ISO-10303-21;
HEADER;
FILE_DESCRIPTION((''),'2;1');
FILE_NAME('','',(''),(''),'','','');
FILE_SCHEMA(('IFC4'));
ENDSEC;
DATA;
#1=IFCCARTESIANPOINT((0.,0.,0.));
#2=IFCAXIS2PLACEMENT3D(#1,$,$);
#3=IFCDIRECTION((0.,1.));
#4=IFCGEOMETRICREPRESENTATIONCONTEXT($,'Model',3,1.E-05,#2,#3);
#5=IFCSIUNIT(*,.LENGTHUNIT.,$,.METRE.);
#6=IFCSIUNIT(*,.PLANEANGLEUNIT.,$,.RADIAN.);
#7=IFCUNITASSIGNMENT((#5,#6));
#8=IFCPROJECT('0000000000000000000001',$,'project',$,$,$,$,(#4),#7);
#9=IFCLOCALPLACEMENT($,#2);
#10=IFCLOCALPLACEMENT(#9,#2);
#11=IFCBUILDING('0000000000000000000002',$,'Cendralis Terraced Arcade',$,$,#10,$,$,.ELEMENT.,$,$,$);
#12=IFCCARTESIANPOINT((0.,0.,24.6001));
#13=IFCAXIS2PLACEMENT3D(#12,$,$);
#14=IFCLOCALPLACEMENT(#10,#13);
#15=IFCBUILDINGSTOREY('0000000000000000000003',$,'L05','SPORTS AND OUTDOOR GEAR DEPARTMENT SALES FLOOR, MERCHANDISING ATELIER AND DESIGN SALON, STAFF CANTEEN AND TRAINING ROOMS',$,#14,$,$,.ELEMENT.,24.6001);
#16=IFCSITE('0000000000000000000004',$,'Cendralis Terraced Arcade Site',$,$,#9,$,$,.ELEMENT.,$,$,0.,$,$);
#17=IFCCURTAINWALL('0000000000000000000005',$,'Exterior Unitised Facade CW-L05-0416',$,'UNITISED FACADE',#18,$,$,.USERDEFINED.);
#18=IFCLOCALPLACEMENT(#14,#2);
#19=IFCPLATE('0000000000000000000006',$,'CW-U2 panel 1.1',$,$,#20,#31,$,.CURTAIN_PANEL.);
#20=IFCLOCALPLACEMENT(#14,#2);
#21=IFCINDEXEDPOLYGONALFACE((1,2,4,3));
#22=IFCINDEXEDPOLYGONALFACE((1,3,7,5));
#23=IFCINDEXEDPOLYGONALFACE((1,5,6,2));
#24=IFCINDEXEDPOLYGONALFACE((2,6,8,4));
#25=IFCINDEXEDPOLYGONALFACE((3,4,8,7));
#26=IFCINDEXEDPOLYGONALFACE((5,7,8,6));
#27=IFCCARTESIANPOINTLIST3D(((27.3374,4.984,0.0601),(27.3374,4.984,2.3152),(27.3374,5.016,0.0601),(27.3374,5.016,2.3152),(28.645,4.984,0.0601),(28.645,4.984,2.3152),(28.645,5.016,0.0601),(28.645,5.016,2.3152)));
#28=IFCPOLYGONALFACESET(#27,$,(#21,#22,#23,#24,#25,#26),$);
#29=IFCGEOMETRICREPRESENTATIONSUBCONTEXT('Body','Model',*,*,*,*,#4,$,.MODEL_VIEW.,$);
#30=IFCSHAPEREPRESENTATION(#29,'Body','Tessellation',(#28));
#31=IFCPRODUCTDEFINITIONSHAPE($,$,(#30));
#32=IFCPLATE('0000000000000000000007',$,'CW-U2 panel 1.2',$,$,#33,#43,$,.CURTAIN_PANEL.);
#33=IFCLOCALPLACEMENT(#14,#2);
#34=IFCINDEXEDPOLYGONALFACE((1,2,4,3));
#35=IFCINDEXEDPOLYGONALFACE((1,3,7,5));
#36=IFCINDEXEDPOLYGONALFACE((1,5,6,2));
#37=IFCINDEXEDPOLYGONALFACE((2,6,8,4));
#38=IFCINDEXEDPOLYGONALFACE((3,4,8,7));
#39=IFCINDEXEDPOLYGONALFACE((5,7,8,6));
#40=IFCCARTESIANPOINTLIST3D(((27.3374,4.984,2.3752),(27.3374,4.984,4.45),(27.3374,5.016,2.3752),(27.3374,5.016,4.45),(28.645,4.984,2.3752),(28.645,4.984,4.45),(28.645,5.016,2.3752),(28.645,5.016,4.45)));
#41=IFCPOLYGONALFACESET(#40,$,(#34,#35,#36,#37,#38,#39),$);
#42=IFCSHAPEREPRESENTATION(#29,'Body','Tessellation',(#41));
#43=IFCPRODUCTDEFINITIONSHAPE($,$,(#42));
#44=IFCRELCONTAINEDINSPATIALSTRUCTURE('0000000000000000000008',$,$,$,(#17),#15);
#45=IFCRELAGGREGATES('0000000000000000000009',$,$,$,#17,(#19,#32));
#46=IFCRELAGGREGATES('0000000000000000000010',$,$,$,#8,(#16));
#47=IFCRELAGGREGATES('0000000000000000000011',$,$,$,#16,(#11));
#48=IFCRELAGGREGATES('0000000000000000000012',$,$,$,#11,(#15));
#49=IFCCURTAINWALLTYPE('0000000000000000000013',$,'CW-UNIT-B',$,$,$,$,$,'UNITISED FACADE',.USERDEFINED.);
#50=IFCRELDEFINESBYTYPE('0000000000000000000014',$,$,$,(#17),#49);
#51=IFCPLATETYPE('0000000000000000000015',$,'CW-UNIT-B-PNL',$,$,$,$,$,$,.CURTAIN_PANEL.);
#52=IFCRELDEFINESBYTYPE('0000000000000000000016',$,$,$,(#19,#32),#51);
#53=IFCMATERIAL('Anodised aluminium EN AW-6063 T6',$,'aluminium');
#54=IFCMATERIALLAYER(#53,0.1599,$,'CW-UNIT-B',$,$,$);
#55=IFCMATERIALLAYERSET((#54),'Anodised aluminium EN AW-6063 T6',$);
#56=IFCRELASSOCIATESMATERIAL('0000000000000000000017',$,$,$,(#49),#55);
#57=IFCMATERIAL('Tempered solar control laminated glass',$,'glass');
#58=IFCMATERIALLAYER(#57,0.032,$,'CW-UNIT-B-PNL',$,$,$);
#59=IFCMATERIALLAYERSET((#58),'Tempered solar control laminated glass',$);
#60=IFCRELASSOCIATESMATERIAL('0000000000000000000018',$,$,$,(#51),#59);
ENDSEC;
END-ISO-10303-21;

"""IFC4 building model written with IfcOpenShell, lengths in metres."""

from ifc_helpers import new_model, si_unit, direction, frame, origin, origin_2d, place, context, subcontext, project, spatial, rectangle, extrude, material, layer, layer_set, type_object, element, aggregate, save


model = new_model("IFC4")

# Units and contexts
model_context = context("Model", 3, precision=1e-05, world=origin(), true_north=direction((0.0, 1.0)))
body_context = subcontext(model_context, "Body", "Model", "MODEL_VIEW")
ifc_project = project(units=[si_unit("LENGTHUNIT", "METRE"), si_unit("PLANEANGLEUNIT", "RADIAN")], contexts=[model_context])

# Site, building, storey
site_placement = place(None, origin())
site = spatial("IfcSite", under=ifc_project, at=site_placement, Name="Cendralis Terraced Arcade Site", CompositionType="ELEMENT", RefElevation=0.0)
building_placement = place(site_placement, origin())
building = spatial("IfcBuilding", under=site, at=building_placement, Name="Cendralis Terraced Arcade", CompositionType="ELEMENT")
storey_placement = place(building_placement, frame((0.0, 0.0, 24.6001)))
storey = spatial("IfcBuildingStorey", under=building, at=storey_placement, Name="L05", Description="SPORTS AND OUTDOOR GEAR DEPARTMENT SALES FLOOR, MERCHANDISING ATELIER AND DESIGN SALON, STAFF CANTEEN AND TRAINING ROOMS", CompositionType="ELEMENT", Elevation=24.6001)

# Curtain wall
ifc_material_1 = material(Name="Anodised aluminium EN AW-6063 T6", Category="aluminium")
ifc_layer_1 = layer(ifc_material_1, 0.1599, Name="CW-UNIT-B")
ifc_layer_set_1 = layer_set([ifc_layer_1], Name="Anodised aluminium EN AW-6063 T6")
curtain_wall_type = type_object("IfcCurtainWallType", Name="CW-UNIT-B", ElementType="UNITISED FACADE", PredefinedType="USERDEFINED", material=ifc_layer_set_1)
curtain_wall_1_placement = place(storey_placement, origin())
curtain_wall_1 = element("IfcCurtainWall", 1, at=curtain_wall_1_placement, inside=storey, type_object=curtain_wall_type, Name="Exterior Unitised Facade CW-L05-0416", ObjectType="UNITISED FACADE", PredefinedType="USERDEFINED")

# Plates
ifc_material_2 = material(Name="Tempered solar control laminated glass", Category="glass")
ifc_layer_2 = layer(ifc_material_2, 0.032, Name="CW-UNIT-B-PNL")
ifc_layer_set_2 = layer_set([ifc_layer_2], Name="Tempered solar control laminated glass")
plate_type = type_object("IfcPlateType", Name="CW-UNIT-B-PNL", PredefinedType="CURTAIN_PANEL", material=ifc_layer_set_2)
plate_1_placement = place(storey_placement, frame((27.9912, 5.0, 0.0601), z_axis=(0.0, 0.0, 1.0), x_axis=(-1.0, 0.0, 0.0)))
plate_1 = element("IfcPlate", 2, at=plate_1_placement, type_object=plate_type, Name="CW-U2 panel 1.1", PredefinedType="CURTAIN_PANEL", context=body_context, shape_type="SweptSolid", body=[
    extrude(rectangle(XDim=1.3076, YDim=0.032, at=origin_2d()), origin(), (0.0, 0.0, 1.0), 2.2551),
])
plate_2_placement = place(storey_placement, frame((27.9912, 5.0, 2.3752), z_axis=(0.0, 0.0, 1.0), x_axis=(-1.0, 0.0, 0.0)))
plate_2 = element("IfcPlate", 3, at=plate_2_placement, type_object=plate_type, Name="CW-U2 panel 1.2", PredefinedType="CURTAIN_PANEL", context=body_context, shape_type="SweptSolid", body=[
    extrude(rectangle(XDim=1.3076, YDim=0.032, at=origin_2d()), origin(), (0.0, 0.0, 1.0), 2.0747),
])
aggregate(curtain_wall_1, [plate_1, plate_2])

save(model, "model.ifc")
